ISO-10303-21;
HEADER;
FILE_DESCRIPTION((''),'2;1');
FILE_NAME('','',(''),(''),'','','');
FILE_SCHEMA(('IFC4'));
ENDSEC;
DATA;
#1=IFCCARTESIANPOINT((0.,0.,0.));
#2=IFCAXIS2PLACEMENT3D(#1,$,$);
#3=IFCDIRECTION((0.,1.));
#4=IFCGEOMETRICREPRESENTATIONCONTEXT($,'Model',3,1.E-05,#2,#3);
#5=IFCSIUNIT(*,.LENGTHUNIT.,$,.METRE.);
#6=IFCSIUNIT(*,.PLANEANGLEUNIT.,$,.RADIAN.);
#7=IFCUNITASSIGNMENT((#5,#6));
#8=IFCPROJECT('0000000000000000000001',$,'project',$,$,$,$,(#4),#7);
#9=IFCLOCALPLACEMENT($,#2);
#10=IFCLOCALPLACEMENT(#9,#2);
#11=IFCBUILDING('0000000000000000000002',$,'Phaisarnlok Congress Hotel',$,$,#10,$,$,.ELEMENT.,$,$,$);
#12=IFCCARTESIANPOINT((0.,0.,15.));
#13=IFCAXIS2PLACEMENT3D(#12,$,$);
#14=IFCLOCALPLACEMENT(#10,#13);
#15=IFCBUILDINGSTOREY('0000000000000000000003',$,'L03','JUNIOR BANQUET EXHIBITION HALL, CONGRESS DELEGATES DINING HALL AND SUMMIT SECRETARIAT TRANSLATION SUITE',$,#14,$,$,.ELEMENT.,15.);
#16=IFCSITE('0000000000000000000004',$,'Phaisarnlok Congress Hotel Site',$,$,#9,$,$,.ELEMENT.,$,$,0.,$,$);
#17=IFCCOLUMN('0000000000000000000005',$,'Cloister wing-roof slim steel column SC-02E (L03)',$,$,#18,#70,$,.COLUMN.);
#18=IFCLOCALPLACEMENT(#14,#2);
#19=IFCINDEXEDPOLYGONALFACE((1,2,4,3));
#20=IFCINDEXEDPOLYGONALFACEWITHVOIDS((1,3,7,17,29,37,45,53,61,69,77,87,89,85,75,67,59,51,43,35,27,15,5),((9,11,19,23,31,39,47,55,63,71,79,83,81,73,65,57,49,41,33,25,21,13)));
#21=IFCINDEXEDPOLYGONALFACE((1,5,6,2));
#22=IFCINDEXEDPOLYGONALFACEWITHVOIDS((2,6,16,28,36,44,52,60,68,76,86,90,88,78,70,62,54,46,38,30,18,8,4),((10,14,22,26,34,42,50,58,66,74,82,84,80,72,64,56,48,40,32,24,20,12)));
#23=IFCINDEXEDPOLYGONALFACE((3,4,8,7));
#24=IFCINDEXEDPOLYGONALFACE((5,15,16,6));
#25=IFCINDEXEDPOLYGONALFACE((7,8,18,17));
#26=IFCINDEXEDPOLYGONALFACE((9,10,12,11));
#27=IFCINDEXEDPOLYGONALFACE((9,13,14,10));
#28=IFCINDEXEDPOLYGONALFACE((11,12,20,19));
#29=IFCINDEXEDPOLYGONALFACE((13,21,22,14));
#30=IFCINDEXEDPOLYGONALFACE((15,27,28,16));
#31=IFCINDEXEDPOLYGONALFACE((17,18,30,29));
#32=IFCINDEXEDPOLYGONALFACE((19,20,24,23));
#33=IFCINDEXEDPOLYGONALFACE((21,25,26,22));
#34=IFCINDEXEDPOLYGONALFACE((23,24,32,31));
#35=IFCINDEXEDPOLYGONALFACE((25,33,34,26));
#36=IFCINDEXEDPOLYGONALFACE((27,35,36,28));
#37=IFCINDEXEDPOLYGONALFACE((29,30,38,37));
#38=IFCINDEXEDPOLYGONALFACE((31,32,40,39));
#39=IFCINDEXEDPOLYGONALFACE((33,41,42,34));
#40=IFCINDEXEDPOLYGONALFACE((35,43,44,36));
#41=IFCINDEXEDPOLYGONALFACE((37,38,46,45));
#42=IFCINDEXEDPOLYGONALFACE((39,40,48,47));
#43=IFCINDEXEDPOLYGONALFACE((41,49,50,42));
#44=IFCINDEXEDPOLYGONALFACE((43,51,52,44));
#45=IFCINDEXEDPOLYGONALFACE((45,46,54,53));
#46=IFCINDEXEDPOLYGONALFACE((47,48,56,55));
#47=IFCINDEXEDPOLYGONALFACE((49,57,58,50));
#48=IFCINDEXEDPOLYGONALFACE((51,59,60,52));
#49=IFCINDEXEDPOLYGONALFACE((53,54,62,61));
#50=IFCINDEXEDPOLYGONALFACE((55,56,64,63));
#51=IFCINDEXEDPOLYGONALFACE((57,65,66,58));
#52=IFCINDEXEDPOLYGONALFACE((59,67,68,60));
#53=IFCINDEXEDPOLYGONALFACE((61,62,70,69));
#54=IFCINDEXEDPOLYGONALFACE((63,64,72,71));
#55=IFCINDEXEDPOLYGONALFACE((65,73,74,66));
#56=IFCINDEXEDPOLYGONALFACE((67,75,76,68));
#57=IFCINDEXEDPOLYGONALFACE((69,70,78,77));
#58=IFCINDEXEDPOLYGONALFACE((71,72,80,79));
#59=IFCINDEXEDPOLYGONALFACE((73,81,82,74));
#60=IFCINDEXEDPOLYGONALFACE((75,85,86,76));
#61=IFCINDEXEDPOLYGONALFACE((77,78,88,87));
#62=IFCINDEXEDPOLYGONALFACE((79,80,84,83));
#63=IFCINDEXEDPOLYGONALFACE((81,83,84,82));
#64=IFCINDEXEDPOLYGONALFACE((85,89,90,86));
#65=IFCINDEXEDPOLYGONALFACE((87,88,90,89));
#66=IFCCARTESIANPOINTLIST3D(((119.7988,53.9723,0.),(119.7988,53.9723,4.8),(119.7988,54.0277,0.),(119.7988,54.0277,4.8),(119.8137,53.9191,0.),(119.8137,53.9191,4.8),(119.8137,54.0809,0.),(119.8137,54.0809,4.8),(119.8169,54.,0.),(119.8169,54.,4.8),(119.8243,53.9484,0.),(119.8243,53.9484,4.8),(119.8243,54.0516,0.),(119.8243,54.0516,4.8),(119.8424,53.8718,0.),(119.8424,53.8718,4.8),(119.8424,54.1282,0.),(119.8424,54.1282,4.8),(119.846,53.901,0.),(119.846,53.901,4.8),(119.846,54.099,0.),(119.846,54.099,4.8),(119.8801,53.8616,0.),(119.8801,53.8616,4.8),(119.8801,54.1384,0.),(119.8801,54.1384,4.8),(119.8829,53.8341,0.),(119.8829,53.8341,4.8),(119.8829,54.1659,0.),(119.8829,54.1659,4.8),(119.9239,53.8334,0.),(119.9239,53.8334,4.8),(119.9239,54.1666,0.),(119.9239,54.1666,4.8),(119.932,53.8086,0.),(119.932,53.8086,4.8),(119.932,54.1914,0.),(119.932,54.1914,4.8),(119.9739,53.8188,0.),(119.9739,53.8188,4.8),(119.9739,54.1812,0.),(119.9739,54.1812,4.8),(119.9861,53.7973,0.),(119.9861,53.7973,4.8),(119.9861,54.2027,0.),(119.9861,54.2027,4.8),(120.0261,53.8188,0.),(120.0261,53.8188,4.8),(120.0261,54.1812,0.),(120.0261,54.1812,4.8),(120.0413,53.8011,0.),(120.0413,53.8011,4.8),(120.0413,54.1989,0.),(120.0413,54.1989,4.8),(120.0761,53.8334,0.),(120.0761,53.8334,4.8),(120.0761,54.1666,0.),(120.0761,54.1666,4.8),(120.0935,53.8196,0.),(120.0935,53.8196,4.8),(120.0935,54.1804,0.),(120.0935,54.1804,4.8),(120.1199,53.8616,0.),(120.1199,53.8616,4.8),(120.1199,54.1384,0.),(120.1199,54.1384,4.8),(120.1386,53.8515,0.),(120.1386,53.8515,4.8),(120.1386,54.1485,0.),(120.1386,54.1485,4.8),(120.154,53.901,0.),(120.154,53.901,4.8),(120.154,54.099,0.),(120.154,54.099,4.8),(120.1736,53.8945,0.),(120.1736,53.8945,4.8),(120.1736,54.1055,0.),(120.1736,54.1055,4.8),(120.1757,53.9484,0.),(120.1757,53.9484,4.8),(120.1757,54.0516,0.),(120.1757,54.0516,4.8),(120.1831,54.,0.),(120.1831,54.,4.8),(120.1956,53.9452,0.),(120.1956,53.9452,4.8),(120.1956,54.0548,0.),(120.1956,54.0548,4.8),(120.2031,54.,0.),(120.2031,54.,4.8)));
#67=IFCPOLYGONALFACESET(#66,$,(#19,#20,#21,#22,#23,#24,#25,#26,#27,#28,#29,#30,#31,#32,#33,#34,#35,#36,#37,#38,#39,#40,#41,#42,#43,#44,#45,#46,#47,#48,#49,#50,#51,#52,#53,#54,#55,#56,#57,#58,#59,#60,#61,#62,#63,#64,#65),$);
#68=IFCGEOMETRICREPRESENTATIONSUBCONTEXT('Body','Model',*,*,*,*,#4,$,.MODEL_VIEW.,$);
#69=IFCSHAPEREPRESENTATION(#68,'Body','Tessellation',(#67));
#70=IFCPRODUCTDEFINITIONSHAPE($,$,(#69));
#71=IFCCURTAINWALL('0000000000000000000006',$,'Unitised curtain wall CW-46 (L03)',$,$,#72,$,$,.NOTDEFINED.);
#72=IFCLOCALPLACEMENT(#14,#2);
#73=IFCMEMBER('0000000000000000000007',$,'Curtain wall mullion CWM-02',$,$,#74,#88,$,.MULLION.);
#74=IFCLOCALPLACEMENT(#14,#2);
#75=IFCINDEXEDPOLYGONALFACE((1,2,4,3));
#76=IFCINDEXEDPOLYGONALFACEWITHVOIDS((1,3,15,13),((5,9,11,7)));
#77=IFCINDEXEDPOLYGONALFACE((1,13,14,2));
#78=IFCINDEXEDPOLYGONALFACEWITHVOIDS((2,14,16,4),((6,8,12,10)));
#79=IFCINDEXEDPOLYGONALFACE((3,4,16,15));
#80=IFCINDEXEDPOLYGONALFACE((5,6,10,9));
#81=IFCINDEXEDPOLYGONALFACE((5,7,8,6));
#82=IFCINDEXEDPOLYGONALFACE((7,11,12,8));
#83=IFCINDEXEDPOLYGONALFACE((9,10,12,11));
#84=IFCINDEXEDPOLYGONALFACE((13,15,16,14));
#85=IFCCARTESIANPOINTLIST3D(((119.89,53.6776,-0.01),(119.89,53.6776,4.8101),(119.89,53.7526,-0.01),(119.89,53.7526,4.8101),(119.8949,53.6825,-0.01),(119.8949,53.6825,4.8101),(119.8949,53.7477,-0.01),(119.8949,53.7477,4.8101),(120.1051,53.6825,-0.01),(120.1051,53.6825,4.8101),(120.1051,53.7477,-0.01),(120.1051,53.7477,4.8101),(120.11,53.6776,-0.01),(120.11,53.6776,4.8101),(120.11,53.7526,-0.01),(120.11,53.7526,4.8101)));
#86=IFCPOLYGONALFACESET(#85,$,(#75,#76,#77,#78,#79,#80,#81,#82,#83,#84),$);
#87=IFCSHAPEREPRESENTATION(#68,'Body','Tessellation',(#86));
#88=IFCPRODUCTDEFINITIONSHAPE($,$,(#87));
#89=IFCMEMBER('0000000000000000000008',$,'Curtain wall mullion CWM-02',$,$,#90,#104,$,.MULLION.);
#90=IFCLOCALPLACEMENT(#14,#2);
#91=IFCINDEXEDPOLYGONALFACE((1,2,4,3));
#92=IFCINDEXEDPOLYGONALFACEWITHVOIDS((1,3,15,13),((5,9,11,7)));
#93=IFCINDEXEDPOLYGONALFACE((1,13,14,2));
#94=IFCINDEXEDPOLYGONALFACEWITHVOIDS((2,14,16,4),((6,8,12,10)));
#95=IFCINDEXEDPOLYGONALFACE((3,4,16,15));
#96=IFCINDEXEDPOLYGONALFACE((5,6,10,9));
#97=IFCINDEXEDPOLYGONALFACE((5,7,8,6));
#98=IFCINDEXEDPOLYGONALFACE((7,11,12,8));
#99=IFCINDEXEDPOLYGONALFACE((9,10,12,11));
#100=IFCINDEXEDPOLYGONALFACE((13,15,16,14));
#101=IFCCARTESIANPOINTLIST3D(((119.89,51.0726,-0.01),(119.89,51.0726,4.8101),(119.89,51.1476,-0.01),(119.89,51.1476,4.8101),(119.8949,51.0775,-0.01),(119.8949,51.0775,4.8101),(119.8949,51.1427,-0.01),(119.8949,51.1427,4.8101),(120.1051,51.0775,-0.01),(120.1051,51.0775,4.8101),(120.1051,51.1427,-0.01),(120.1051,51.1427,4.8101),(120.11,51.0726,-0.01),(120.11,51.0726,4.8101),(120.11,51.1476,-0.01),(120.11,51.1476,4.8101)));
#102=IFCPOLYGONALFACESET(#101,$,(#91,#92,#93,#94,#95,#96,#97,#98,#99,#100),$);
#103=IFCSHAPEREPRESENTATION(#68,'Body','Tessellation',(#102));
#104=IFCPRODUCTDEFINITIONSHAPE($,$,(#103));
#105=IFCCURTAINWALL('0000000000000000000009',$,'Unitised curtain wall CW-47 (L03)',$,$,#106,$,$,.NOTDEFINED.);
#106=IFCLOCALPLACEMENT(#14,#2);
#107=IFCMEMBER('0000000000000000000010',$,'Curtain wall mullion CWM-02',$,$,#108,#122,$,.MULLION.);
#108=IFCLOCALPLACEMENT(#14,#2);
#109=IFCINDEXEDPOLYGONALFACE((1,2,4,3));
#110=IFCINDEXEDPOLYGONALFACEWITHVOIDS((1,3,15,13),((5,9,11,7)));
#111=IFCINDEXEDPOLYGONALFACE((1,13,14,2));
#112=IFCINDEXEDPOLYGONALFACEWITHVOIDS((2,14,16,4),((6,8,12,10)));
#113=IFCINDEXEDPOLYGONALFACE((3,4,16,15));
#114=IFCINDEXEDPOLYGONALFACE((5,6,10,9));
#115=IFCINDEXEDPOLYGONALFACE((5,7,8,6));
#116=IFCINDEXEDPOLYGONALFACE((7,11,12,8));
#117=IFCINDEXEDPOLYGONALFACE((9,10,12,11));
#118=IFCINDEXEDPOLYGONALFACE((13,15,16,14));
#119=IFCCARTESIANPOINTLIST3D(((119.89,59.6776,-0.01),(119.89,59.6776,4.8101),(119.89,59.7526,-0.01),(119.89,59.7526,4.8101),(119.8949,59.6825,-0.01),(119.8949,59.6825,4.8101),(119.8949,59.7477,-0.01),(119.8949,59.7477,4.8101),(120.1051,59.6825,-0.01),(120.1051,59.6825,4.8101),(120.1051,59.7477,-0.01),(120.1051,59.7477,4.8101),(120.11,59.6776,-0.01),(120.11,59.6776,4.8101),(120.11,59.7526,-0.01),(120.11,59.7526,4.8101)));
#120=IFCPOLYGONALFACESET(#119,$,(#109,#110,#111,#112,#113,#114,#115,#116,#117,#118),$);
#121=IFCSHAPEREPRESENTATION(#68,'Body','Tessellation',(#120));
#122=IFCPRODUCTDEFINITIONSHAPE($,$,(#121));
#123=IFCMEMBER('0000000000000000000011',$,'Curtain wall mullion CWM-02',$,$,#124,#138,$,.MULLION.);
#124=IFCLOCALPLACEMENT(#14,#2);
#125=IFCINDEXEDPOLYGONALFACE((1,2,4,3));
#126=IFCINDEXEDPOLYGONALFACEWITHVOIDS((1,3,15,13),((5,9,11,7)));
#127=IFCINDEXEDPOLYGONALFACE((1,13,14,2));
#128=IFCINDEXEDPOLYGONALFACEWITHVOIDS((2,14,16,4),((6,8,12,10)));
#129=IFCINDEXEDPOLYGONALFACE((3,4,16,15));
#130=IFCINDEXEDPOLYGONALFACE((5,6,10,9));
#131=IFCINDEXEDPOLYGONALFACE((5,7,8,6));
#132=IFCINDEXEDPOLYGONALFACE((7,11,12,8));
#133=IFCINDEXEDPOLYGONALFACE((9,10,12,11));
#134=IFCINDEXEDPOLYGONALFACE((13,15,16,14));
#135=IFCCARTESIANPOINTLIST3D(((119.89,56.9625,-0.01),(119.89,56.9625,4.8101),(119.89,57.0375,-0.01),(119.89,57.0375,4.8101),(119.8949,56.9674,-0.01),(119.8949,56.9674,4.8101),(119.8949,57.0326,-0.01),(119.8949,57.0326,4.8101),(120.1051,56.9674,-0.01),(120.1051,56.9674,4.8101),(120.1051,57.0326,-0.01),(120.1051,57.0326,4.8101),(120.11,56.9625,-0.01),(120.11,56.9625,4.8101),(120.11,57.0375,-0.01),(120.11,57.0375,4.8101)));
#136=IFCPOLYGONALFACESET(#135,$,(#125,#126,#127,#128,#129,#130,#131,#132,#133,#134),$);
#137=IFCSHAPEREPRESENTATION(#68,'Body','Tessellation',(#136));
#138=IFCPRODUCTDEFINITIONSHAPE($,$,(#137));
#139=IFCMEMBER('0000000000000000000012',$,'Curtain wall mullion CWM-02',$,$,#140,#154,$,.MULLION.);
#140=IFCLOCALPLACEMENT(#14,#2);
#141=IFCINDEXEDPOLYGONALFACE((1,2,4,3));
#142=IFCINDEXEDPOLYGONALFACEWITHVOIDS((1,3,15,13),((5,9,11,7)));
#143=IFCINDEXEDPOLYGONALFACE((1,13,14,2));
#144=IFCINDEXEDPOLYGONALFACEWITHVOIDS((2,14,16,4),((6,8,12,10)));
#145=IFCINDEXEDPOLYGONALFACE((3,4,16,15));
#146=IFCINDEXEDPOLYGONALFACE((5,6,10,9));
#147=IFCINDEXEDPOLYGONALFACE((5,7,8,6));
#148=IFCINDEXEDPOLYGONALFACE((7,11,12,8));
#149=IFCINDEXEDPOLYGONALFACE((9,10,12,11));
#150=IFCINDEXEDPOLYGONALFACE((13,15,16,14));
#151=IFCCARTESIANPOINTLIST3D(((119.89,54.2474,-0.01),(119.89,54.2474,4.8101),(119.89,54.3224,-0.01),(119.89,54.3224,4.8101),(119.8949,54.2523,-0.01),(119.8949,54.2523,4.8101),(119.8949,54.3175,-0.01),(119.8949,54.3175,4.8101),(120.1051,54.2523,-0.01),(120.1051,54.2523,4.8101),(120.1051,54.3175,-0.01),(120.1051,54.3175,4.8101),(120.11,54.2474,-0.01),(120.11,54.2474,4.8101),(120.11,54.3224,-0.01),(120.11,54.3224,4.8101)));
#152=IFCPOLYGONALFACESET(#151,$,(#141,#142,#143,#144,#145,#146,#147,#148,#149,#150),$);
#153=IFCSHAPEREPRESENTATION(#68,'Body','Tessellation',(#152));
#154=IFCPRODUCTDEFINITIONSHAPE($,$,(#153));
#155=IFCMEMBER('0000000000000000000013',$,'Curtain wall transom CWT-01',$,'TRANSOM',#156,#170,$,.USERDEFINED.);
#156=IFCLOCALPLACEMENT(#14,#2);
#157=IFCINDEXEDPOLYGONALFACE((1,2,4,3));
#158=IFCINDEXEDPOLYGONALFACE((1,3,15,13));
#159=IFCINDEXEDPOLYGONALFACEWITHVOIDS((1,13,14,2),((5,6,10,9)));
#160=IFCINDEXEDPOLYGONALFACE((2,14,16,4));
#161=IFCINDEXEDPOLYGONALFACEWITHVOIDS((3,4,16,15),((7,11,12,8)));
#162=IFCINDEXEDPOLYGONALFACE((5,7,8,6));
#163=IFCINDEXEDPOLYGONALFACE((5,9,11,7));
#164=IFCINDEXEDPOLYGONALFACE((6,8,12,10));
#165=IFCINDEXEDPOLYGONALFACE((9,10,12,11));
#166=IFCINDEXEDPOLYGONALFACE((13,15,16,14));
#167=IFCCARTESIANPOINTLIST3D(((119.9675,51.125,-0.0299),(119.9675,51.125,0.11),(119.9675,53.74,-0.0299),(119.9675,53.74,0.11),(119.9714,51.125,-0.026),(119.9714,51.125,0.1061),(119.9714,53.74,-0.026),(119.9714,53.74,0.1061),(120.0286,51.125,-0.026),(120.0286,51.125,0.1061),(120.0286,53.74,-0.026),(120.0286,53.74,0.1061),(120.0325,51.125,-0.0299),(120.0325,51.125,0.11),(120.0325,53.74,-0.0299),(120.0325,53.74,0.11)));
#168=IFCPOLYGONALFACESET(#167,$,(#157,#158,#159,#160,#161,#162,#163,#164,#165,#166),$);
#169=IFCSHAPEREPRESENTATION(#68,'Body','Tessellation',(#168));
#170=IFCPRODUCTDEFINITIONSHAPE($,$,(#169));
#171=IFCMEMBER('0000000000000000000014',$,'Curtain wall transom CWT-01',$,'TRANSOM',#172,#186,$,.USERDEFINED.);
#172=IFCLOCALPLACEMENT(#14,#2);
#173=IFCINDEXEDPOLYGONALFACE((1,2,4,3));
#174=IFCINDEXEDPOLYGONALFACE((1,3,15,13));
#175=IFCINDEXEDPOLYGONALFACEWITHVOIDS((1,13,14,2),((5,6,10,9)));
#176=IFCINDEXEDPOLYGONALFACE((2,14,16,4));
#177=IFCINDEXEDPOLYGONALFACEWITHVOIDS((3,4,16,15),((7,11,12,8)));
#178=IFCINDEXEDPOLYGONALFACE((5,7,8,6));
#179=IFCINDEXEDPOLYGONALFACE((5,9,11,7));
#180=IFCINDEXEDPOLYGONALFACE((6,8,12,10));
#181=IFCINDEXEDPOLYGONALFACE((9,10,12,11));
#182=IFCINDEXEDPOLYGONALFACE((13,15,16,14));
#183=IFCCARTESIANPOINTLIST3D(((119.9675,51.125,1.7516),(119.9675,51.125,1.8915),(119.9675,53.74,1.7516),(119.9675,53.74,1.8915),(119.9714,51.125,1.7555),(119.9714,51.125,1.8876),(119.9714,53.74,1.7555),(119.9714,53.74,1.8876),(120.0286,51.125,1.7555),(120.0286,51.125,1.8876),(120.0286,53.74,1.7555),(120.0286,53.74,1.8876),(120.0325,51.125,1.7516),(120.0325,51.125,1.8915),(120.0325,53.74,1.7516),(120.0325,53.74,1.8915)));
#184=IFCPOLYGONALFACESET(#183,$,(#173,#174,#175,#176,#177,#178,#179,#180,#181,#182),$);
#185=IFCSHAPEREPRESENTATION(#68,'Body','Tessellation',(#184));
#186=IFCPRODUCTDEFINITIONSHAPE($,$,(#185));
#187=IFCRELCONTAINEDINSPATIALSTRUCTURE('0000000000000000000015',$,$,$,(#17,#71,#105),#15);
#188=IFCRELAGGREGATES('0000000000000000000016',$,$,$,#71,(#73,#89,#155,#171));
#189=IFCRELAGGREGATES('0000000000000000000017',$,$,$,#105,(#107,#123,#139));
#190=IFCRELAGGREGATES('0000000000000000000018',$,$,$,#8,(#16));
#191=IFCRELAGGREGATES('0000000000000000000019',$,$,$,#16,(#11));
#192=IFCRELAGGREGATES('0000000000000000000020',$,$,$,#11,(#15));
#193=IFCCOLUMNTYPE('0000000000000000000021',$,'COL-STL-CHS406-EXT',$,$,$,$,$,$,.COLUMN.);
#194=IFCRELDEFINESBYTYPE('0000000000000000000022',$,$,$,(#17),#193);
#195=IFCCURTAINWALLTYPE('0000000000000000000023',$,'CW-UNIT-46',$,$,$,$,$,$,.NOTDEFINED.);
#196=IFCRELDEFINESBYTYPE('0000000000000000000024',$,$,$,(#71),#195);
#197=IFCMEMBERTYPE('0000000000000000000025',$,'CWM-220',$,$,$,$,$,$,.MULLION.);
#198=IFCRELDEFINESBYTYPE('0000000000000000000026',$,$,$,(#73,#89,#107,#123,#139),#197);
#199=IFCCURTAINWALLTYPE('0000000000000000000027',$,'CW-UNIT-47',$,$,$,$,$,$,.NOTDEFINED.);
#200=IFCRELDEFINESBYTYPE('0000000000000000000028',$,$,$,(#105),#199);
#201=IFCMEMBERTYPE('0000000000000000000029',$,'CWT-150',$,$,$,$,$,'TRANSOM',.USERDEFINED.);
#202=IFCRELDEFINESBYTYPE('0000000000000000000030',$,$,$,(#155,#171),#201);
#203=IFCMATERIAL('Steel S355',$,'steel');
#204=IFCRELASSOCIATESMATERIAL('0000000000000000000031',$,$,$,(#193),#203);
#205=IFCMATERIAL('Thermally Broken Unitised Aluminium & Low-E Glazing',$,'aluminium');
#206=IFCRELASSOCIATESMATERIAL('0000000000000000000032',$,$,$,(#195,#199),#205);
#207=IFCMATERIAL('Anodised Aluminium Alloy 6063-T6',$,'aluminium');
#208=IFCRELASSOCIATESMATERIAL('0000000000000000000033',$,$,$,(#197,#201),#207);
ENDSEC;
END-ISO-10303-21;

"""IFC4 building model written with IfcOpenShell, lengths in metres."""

from ifc_helpers import new_model, si_unit, direction, frame, origin, origin_2d, place, context, subcontext, project, spatial, hollow_rectangle, hollow_circle, extrude, material, material_profile, profile_set, type_object, element, aggregate, save


model = new_model("IFC4")

# Units and contexts
model_context = context("Model", 3, precision=1e-05, world=origin(), true_north=direction((0.0, 1.0)))
body_context = subcontext(model_context, "Body", "Model", "MODEL_VIEW")
ifc_project = project(units=[si_unit("LENGTHUNIT", "METRE"), si_unit("PLANEANGLEUNIT", "RADIAN")], contexts=[model_context])

# Site, building, storey
site_placement = place(None, origin())
site = spatial("IfcSite", under=ifc_project, at=site_placement, Name="Phaisarnlok Congress Hotel Site", CompositionType="ELEMENT", RefElevation=0.0)
building_placement = place(site_placement, origin())
building = spatial("IfcBuilding", under=site, at=building_placement, Name="Phaisarnlok Congress Hotel", CompositionType="ELEMENT")
storey_placement = place(building_placement, frame((0.0, 0.0, 15.0)))
storey = spatial("IfcBuildingStorey", under=building, at=storey_placement, Name="L03", Description="JUNIOR BANQUET EXHIBITION HALL, CONGRESS DELEGATES DINING HALL AND SUMMIT SECRETARIAT TRANSLATION SUITE", CompositionType="ELEMENT", Elevation=15.0)

# Column
ifc_material_1 = material(Name="Steel S355", Category="steel")
ifc_material_profile_1 = material_profile(ifc_material_1, hollow_circle(Radius=0.2031, WallThickness=0.02, at=origin_2d()), Name="CHS 406.4x20")
ifc_profile_set_1 = profile_set([ifc_material_profile_1], Name="Steel S355")
column_type = type_object("IfcColumnType", Name="COL-STL-CHS406-EXT", PredefinedType="COLUMN", material=ifc_profile_set_1)
column_placement = place(storey_placement, frame((120.0, 54.0, 0.0), z_axis=(0.0, 0.0, 1.0), x_axis=(1.0, 0.0, 0.0)))
element("IfcColumn", 1, at=column_placement, inside=storey, type_object=column_type, Name="Cloister wing-roof slim steel column SC-02E (L03)", PredefinedType="COLUMN", context=body_context, shape_type="SweptSolid", body=[
    extrude(hollow_circle(Radius=0.2031, WallThickness=0.02, at=origin_2d()), origin(), (0.0, 0.0, 1.0), 4.8),
])

# Curtain walls, members
ifc_material_2 = material(Name="Thermally Broken Unitised Aluminium & Low-E Glazing", Category="aluminium")
curtain_wall_type_1 = type_object("IfcCurtainWallType", Name="CW-UNIT-46", PredefinedType="NOTDEFINED", material=ifc_material_2)
curtain_wall_1_placement = place(storey_placement, origin())
curtain_wall_1 = element("IfcCurtainWall", 2, at=curtain_wall_1_placement, inside=storey, type_object=curtain_wall_type_1, Name="Unitised curtain wall CW-46 (L03)", PredefinedType="NOTDEFINED")
ifc_material_3 = material(Name="Anodised Aluminium Alloy 6063-T6", Category="aluminium")
ifc_material_profile_2 = material_profile(ifc_material_3, hollow_rectangle(XDim=0.075, YDim=0.22, WallThickness=0.0049, at=origin_2d()), Name="ALU-M 75x220x5")
ifc_profile_set_2 = profile_set([ifc_material_profile_2], Name="Anodised Aluminium Alloy 6063-T6")
member_type_1 = type_object("IfcMemberType", Name="CWM-220", PredefinedType="MULLION", material=ifc_profile_set_2)
member_1_placement = place(storey_placement, frame((120.0, 53.7151, -0.01), z_axis=(0.0, 0.0, 1.0), x_axis=(0.0, -1.0, 0.0)))
member_1 = element("IfcMember", 3, at=member_1_placement, type_object=member_type_1, Name="Curtain wall mullion CWM-02", PredefinedType="MULLION", context=body_context, shape_type="SweptSolid", body=[
    extrude(hollow_rectangle(XDim=0.075, YDim=0.22, WallThickness=0.0049, at=origin_2d()), origin(), (0.0, 0.0, 1.0), 4.8201),
])
member_2_placement = place(storey_placement, frame((120.0, 51.1101, -0.01), z_axis=(0.0, 0.0, 1.0), x_axis=(0.0, -1.0, 0.0)))
member_2 = element("IfcMember", 4, at=member_2_placement, type_object=member_type_1, Name="Curtain wall mullion CWM-02", PredefinedType="MULLION", context=body_context, shape_type="SweptSolid", body=[
    extrude(hollow_rectangle(XDim=0.075, YDim=0.22, WallThickness=0.0049, at=origin_2d()), origin(), (0.0, 0.0, 1.0), 4.8201),
])
curtain_wall_type_2 = type_object("IfcCurtainWallType", Name="CW-UNIT-47", PredefinedType="NOTDEFINED", material=ifc_material_2)
curtain_wall_2_placement = place(storey_placement, origin())
curtain_wall_2 = element("IfcCurtainWall", 5, at=curtain_wall_2_placement, inside=storey, type_object=curtain_wall_type_2, Name="Unitised curtain wall CW-47 (L03)", PredefinedType="NOTDEFINED")
member_3_placement = place(storey_placement, frame((120.0, 59.7151, -0.01), z_axis=(0.0, 0.0, 1.0), x_axis=(0.0, -1.0, 0.0)))
member_3 = element("IfcMember", 6, at=member_3_placement, type_object=member_type_1, Name="Curtain wall mullion CWM-02", PredefinedType="MULLION", context=body_context, shape_type="SweptSolid", body=[
    extrude(hollow_rectangle(XDim=0.075, YDim=0.22, WallThickness=0.0049, at=origin_2d()), origin(), (0.0, 0.0, 1.0), 4.8201),
])
member_4_placement = place(storey_placement, frame((120.0, 57.0, -0.01), z_axis=(0.0, 0.0, 1.0), x_axis=(0.0, -1.0, 0.0)))
member_4 = element("IfcMember", 7, at=member_4_placement, type_object=member_type_1, Name="Curtain wall mullion CWM-02", PredefinedType="MULLION", context=body_context, shape_type="SweptSolid", body=[
    extrude(hollow_rectangle(XDim=0.075, YDim=0.22, WallThickness=0.0049, at=origin_2d()), origin(), (0.0, 0.0, 1.0), 4.8201),
])
member_5_placement = place(storey_placement, frame((120.0, 54.2849, -0.01), z_axis=(0.0, 0.0, 1.0), x_axis=(0.0, -1.0, 0.0)))
member_5 = element("IfcMember", 8, at=member_5_placement, type_object=member_type_1, Name="Curtain wall mullion CWM-02", PredefinedType="MULLION", context=body_context, shape_type="SweptSolid", body=[
    extrude(hollow_rectangle(XDim=0.075, YDim=0.22, WallThickness=0.0049, at=origin_2d()), origin(), (0.0, 0.0, 1.0), 4.8201),
])

# Members
ifc_material_profile_3 = material_profile(ifc_material_3, hollow_rectangle(XDim=0.0649, YDim=0.1399, WallThickness=0.0039, at=origin_2d()), Name="ALU-T 65x140x4")
ifc_profile_set_3 = profile_set([ifc_material_profile_3], Name="Anodised Aluminium Alloy 6063-T6")
member_type_2 = type_object("IfcMemberType", Name="CWT-150", ElementType="TRANSOM", PredefinedType="USERDEFINED", material=ifc_profile_set_3)
member_6_placement = place(storey_placement, frame((120.0, 53.74, 0.04), z_axis=(0.0, -1.0, 0.0), x_axis=(1.0, 0.0, 0.0)))
member_6 = element("IfcMember", 9, at=member_6_placement, type_object=member_type_2, Name="Curtain wall transom CWT-01", ObjectType="TRANSOM", PredefinedType="USERDEFINED", context=body_context, shape_type="SweptSolid", body=[
    extrude(hollow_rectangle(XDim=0.0649, YDim=0.1399, WallThickness=0.0039, at=origin_2d()), origin(), (0.0, 0.0, 1.0), 2.615),
])
member_7_placement = place(storey_placement, frame((120.0, 53.74, 1.8215), z_axis=(0.0, -1.0, 0.0), x_axis=(1.0, 0.0, 0.0)))
member_7 = element("IfcMember", 10, at=member_7_placement, type_object=member_type_2, Name="Curtain wall transom CWT-01", ObjectType="TRANSOM", PredefinedType="USERDEFINED", context=body_context, shape_type="SweptSolid", body=[
    extrude(hollow_rectangle(XDim=0.0649, YDim=0.1399, WallThickness=0.0039, at=origin_2d()), origin(), (0.0, 0.0, 1.0), 2.615),
])

aggregate(curtain_wall_1, [member_1, member_2, member_6, member_7])
aggregate(curtain_wall_2, [member_3, member_4, member_5])

save(model, "model.ifc")
